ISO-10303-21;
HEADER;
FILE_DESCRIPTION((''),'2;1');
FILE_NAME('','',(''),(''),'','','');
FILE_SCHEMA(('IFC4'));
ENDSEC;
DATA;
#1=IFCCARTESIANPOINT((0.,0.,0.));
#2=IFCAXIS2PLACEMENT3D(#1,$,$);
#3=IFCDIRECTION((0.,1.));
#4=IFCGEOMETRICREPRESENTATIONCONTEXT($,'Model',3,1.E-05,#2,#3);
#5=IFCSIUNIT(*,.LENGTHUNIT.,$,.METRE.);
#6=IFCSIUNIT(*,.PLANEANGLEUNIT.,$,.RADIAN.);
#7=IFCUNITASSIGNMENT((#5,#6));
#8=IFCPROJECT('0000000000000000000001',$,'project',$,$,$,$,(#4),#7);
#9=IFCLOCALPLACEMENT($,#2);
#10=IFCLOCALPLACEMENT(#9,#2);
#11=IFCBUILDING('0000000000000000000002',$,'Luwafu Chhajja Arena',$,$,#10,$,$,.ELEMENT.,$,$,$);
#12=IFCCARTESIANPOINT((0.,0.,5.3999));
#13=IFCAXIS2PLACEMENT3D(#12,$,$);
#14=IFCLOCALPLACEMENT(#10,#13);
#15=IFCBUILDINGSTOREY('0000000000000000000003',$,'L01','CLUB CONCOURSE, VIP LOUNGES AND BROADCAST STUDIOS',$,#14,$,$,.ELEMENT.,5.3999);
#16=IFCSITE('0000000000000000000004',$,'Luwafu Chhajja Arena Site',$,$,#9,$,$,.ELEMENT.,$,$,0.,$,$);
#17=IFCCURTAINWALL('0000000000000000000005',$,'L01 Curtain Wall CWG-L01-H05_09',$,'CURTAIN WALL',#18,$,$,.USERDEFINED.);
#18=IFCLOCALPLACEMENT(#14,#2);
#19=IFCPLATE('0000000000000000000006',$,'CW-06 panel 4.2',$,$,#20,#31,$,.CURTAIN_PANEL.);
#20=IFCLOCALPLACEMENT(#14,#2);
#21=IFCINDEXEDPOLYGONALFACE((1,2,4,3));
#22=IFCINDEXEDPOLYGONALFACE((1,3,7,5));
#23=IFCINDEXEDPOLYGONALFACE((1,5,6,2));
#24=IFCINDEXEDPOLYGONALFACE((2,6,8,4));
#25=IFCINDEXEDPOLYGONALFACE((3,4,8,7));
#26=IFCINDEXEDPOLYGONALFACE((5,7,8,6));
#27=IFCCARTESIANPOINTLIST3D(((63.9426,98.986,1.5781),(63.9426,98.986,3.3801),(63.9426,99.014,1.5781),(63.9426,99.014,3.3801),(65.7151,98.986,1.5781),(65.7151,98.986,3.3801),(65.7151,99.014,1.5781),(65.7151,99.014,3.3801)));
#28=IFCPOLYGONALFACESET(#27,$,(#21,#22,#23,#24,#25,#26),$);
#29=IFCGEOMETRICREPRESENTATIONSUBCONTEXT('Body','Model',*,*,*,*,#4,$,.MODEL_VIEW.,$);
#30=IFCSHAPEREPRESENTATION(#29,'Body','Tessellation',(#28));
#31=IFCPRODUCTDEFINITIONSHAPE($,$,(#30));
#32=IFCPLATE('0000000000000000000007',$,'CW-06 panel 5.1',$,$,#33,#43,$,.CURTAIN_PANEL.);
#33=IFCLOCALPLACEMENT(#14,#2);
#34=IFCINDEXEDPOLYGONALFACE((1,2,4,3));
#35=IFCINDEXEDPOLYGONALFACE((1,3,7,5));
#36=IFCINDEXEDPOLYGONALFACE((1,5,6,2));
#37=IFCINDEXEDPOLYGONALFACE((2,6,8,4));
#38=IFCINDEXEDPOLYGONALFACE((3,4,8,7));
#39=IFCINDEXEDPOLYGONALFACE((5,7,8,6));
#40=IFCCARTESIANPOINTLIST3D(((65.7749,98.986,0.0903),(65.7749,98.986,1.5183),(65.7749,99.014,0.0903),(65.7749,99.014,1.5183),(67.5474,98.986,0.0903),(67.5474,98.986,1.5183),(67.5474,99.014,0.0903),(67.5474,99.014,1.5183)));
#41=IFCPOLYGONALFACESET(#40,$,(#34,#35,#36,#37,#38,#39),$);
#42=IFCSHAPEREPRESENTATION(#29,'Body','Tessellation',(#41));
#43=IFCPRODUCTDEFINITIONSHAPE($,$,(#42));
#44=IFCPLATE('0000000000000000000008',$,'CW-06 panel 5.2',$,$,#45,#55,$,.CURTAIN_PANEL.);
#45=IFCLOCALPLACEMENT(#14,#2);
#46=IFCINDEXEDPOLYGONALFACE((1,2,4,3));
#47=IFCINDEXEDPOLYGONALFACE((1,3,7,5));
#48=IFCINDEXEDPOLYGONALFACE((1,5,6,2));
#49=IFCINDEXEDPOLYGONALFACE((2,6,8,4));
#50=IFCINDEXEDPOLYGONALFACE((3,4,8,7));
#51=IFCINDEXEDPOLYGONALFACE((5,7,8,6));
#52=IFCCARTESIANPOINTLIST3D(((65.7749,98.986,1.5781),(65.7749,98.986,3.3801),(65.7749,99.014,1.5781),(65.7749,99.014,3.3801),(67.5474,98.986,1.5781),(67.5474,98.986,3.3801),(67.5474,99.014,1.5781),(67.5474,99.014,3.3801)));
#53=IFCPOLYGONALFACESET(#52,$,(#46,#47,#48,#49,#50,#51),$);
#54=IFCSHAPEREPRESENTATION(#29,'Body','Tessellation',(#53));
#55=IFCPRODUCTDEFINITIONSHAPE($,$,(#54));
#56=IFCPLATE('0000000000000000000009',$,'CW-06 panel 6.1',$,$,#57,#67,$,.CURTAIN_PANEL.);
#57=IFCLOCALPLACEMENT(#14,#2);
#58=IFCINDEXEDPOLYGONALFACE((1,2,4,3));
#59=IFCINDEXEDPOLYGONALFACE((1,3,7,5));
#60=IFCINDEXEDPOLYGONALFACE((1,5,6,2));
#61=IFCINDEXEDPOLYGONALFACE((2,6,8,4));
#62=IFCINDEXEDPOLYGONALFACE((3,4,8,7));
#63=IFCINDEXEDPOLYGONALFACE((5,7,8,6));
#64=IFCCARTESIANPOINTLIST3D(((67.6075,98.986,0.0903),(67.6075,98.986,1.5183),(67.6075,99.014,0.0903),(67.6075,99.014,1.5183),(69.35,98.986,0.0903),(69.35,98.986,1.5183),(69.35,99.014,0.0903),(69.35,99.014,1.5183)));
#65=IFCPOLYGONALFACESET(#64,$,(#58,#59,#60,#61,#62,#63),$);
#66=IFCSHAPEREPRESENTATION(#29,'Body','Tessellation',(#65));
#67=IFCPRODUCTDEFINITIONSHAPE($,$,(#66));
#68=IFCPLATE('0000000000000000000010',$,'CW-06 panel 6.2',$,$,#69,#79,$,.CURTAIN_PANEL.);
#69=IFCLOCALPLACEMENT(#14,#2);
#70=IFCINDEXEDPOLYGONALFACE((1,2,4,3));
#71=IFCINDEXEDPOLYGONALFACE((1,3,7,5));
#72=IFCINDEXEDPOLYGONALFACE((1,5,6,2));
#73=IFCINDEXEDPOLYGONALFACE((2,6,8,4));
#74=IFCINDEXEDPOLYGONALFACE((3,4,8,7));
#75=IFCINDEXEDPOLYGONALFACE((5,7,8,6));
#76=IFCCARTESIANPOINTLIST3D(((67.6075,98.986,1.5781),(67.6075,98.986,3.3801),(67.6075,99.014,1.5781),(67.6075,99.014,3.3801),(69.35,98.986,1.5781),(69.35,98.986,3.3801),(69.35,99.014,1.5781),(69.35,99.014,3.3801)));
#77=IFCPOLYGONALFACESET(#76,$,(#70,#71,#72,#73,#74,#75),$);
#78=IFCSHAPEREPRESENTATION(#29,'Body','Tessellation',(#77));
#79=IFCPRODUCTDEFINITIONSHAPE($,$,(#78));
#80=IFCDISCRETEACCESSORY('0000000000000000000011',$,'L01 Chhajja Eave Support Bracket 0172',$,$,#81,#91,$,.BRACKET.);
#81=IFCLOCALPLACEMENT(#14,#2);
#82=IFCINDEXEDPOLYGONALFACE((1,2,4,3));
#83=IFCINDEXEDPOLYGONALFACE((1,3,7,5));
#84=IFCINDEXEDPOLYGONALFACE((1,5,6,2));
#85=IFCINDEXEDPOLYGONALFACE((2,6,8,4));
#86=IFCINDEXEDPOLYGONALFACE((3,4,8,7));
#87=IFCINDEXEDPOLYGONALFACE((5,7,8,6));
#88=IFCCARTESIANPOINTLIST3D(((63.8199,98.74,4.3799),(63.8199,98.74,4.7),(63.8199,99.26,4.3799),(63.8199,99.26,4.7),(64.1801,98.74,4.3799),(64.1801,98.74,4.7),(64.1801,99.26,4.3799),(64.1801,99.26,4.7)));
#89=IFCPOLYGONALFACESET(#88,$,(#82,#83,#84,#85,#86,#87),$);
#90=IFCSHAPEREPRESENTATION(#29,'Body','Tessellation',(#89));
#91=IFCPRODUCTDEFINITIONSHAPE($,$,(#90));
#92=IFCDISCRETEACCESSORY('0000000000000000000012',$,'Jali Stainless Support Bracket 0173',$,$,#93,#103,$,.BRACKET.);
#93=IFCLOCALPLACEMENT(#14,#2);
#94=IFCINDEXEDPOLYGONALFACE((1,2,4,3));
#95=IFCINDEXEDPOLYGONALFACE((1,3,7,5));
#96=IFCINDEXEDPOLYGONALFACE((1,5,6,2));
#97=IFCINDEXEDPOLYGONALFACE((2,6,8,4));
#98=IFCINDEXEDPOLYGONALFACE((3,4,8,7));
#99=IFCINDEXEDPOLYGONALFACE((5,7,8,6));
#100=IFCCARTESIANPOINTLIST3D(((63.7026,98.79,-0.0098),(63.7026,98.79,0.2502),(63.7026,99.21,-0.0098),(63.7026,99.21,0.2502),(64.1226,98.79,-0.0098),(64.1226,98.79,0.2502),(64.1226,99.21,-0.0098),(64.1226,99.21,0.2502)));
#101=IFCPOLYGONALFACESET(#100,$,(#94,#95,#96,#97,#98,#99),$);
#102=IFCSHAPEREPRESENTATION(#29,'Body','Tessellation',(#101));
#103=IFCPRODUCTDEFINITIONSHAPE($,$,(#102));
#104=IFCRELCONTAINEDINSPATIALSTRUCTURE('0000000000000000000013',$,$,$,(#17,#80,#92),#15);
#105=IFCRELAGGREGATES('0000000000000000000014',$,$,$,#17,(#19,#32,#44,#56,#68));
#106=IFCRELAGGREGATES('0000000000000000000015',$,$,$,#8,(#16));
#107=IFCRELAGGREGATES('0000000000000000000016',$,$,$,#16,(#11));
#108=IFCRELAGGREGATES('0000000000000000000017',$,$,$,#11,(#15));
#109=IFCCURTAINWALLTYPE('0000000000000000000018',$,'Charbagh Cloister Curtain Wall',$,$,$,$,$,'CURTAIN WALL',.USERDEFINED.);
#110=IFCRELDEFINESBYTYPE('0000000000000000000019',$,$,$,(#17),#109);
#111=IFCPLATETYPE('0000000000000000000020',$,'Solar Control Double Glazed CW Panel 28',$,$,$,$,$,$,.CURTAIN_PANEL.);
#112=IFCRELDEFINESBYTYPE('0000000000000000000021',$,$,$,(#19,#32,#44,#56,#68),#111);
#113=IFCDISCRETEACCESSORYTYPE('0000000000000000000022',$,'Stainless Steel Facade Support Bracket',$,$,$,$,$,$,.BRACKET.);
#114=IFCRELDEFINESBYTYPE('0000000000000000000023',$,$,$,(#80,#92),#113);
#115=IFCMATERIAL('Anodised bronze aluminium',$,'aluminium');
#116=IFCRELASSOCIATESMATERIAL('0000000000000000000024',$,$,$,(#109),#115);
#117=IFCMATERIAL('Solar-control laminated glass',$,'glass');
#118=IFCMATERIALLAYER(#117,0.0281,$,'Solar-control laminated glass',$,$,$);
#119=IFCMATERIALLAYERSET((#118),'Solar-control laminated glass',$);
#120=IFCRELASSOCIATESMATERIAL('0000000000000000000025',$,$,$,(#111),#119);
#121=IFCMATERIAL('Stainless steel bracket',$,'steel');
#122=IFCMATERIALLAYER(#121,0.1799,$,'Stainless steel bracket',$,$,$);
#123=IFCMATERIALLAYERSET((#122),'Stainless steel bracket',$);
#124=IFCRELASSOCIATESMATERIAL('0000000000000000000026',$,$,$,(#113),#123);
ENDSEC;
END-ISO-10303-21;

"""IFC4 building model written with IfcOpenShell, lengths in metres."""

from ifc_helpers import new_model, si_unit, direction, frame, origin, origin_2d, place, context, subcontext, project, spatial, rectangle, extrude, material, layer, layer_set, type_object, element, aggregate, save


model = new_model("IFC4")

# Units and contexts
model_context = context("Model", 3, precision=1e-05, world=origin(), true_north=direction((0.0, 1.0)))
body_context = subcontext(model_context, "Body", "Model", "MODEL_VIEW")
ifc_project = project(units=[si_unit("LENGTHUNIT", "METRE"), si_unit("PLANEANGLEUNIT", "RADIAN")], contexts=[model_context])

# Site, building, storey
site_placement = place(None, origin())
site = spatial("IfcSite", under=ifc_project, at=site_placement, Name="Luwafu Chhajja Arena Site", CompositionType="ELEMENT", RefElevation=0.0)
building_placement = place(site_placement, origin())
building = spatial("IfcBuilding", under=site, at=building_placement, Name="Luwafu Chhajja Arena", CompositionType="ELEMENT")
storey_placement = place(building_placement, frame((0.0, 0.0, 5.3999)))
storey = spatial("IfcBuildingStorey", under=building, at=storey_placement, Name="L01", Description="CLUB CONCOURSE, VIP LOUNGES AND BROADCAST STUDIOS", CompositionType="ELEMENT", Elevation=5.3999)

# Curtain wall
ifc_material_1 = material(Name="Anodised bronze aluminium", Category="aluminium")
curtain_wall_type = type_object("IfcCurtainWallType", Name="Charbagh Cloister Curtain Wall", ElementType="CURTAIN WALL", PredefinedType="USERDEFINED", material=ifc_material_1)
curtain_wall_placement = place(storey_placement, origin())
curtain_wall = element("IfcCurtainWall", 1, at=curtain_wall_placement, inside=storey, type_object=curtain_wall_type, Name="L01 Curtain Wall CWG-L01-H05_09", ObjectType="CURTAIN WALL", PredefinedType="USERDEFINED")

# Plates
ifc_material_2 = material(Name="Solar-control laminated glass", Category="glass")
ifc_layer_1 = layer(ifc_material_2, 0.0281, Name="Solar-control laminated glass")
ifc_layer_set_1 = layer_set([ifc_layer_1], Name="Solar-control laminated glass")
plate_type = type_object("IfcPlateType", Name="Solar Control Double Glazed CW Panel 28", PredefinedType="CURTAIN_PANEL", material=ifc_layer_set_1)
plate_1_placement = place(storey_placement, frame((64.8289, 99.0, 1.5781), z_axis=(0.0, 0.0, 1.0), x_axis=(1.0, 0.0, 0.0)))
plate_1 = element("IfcPlate", 2, at=plate_1_placement, type_object=plate_type, Name="CW-06 panel 4.2", PredefinedType="CURTAIN_PANEL", context=body_context, shape_type="SweptSolid", body=[
    extrude(rectangle(XDim=1.7725, YDim=0.0281, at=origin_2d()), origin(), (0.0, 0.0, 1.0), 1.802),
])
plate_2_placement = place(storey_placement, frame((66.6611, 99.0, 0.0903), z_axis=(0.0, 0.0, 1.0), x_axis=(1.0, 0.0, 0.0)))
plate_2 = element("IfcPlate", 3, at=plate_2_placement, type_object=plate_type, Name="CW-06 panel 5.1", PredefinedType="CURTAIN_PANEL", context=body_context, shape_type="SweptSolid", body=[
    extrude(rectangle(XDim=1.7725, YDim=0.0281, at=origin_2d()), origin(), (0.0, 0.0, 1.0), 1.428),
])
plate_3_placement = place(storey_placement, frame((66.6611, 99.0, 1.5781), z_axis=(0.0, 0.0, 1.0), x_axis=(1.0, 0.0, 0.0)))
plate_3 = element("IfcPlate", 4, at=plate_3_placement, type_object=plate_type, Name="CW-06 panel 5.2", PredefinedType="CURTAIN_PANEL", context=body_context, shape_type="SweptSolid", body=[
    extrude(rectangle(XDim=1.7725, YDim=0.0281, at=origin_2d()), origin(), (0.0, 0.0, 1.0), 1.802),
])
plate_4_placement = place(storey_placement, frame((68.4788, 99.0, 0.0903), z_axis=(0.0, 0.0, 1.0), x_axis=(1.0, 0.0, 0.0)))
plate_4 = element("IfcPlate", 5, at=plate_4_placement, type_object=plate_type, Name="CW-06 panel 6.1", PredefinedType="CURTAIN_PANEL", context=body_context, shape_type="SweptSolid", body=[
    extrude(rectangle(XDim=1.7424, YDim=0.0281, at=origin_2d()), origin(), (0.0, 0.0, 1.0), 1.428),
])
plate_5_placement = place(storey_placement, frame((68.4788, 99.0, 1.5781), z_axis=(0.0, 0.0, 1.0), x_axis=(1.0, 0.0, 0.0)))
plate_5 = element("IfcPlate", 6, at=plate_5_placement, type_object=plate_type, Name="CW-06 panel 6.2", PredefinedType="CURTAIN_PANEL", context=body_context, shape_type="SweptSolid", body=[
    extrude(rectangle(XDim=1.7424, YDim=0.0281, at=origin_2d()), origin(), (0.0, 0.0, 1.0), 1.802),
])
aggregate(curtain_wall, [plate_1, plate_2, plate_3, plate_4, plate_5])

# Discrete accessories
ifc_material_3 = material(Name="Stainless steel bracket", Category="steel")
ifc_layer_2 = layer(ifc_material_3, 0.1799, Name="Stainless steel bracket")
ifc_layer_set_2 = layer_set([ifc_layer_2], Name="Stainless steel bracket")
discrete_accessory_type = type_object("IfcDiscreteAccessoryType", Name="Stainless Steel Facade Support Bracket", PredefinedType="BRACKET", material=ifc_layer_set_2)
discrete_accessory_1_placement = place(storey_placement, frame((64.0, 99.0, 4.3799), z_axis=(0.0, 0.0, 1.0), x_axis=(1.0, 0.0, 0.0)))
element("IfcDiscreteAccessory", 7, at=discrete_accessory_1_placement, inside=storey, type_object=discrete_accessory_type, Name="L01 Chhajja Eave Support Bracket 0172", PredefinedType="BRACKET", context=body_context, shape_type="SweptSolid", body=[
    extrude(rectangle(XDim=0.3601, YDim=0.52, at=origin_2d()), origin(), (0.0, 0.0, 1.0), 0.3201),
])
discrete_accessory_2_placement = place(storey_placement, frame((63.9126, 99.0, -0.0098), z_axis=(0.0, 0.0, 1.0), x_axis=(1.0, 0.0, 0.0)))
element("IfcDiscreteAccessory", 8, at=discrete_accessory_2_placement, inside=storey, type_object=discrete_accessory_type, Name="Jali Stainless Support Bracket 0173", PredefinedType="BRACKET", context=body_context, shape_type="SweptSolid", body=[
    extrude(rectangle(XDim=0.4199, YDim=0.4199, at=origin_2d()), origin(), (0.0, 0.0, 1.0), 0.26),
])

save(model, "model.ifc")
